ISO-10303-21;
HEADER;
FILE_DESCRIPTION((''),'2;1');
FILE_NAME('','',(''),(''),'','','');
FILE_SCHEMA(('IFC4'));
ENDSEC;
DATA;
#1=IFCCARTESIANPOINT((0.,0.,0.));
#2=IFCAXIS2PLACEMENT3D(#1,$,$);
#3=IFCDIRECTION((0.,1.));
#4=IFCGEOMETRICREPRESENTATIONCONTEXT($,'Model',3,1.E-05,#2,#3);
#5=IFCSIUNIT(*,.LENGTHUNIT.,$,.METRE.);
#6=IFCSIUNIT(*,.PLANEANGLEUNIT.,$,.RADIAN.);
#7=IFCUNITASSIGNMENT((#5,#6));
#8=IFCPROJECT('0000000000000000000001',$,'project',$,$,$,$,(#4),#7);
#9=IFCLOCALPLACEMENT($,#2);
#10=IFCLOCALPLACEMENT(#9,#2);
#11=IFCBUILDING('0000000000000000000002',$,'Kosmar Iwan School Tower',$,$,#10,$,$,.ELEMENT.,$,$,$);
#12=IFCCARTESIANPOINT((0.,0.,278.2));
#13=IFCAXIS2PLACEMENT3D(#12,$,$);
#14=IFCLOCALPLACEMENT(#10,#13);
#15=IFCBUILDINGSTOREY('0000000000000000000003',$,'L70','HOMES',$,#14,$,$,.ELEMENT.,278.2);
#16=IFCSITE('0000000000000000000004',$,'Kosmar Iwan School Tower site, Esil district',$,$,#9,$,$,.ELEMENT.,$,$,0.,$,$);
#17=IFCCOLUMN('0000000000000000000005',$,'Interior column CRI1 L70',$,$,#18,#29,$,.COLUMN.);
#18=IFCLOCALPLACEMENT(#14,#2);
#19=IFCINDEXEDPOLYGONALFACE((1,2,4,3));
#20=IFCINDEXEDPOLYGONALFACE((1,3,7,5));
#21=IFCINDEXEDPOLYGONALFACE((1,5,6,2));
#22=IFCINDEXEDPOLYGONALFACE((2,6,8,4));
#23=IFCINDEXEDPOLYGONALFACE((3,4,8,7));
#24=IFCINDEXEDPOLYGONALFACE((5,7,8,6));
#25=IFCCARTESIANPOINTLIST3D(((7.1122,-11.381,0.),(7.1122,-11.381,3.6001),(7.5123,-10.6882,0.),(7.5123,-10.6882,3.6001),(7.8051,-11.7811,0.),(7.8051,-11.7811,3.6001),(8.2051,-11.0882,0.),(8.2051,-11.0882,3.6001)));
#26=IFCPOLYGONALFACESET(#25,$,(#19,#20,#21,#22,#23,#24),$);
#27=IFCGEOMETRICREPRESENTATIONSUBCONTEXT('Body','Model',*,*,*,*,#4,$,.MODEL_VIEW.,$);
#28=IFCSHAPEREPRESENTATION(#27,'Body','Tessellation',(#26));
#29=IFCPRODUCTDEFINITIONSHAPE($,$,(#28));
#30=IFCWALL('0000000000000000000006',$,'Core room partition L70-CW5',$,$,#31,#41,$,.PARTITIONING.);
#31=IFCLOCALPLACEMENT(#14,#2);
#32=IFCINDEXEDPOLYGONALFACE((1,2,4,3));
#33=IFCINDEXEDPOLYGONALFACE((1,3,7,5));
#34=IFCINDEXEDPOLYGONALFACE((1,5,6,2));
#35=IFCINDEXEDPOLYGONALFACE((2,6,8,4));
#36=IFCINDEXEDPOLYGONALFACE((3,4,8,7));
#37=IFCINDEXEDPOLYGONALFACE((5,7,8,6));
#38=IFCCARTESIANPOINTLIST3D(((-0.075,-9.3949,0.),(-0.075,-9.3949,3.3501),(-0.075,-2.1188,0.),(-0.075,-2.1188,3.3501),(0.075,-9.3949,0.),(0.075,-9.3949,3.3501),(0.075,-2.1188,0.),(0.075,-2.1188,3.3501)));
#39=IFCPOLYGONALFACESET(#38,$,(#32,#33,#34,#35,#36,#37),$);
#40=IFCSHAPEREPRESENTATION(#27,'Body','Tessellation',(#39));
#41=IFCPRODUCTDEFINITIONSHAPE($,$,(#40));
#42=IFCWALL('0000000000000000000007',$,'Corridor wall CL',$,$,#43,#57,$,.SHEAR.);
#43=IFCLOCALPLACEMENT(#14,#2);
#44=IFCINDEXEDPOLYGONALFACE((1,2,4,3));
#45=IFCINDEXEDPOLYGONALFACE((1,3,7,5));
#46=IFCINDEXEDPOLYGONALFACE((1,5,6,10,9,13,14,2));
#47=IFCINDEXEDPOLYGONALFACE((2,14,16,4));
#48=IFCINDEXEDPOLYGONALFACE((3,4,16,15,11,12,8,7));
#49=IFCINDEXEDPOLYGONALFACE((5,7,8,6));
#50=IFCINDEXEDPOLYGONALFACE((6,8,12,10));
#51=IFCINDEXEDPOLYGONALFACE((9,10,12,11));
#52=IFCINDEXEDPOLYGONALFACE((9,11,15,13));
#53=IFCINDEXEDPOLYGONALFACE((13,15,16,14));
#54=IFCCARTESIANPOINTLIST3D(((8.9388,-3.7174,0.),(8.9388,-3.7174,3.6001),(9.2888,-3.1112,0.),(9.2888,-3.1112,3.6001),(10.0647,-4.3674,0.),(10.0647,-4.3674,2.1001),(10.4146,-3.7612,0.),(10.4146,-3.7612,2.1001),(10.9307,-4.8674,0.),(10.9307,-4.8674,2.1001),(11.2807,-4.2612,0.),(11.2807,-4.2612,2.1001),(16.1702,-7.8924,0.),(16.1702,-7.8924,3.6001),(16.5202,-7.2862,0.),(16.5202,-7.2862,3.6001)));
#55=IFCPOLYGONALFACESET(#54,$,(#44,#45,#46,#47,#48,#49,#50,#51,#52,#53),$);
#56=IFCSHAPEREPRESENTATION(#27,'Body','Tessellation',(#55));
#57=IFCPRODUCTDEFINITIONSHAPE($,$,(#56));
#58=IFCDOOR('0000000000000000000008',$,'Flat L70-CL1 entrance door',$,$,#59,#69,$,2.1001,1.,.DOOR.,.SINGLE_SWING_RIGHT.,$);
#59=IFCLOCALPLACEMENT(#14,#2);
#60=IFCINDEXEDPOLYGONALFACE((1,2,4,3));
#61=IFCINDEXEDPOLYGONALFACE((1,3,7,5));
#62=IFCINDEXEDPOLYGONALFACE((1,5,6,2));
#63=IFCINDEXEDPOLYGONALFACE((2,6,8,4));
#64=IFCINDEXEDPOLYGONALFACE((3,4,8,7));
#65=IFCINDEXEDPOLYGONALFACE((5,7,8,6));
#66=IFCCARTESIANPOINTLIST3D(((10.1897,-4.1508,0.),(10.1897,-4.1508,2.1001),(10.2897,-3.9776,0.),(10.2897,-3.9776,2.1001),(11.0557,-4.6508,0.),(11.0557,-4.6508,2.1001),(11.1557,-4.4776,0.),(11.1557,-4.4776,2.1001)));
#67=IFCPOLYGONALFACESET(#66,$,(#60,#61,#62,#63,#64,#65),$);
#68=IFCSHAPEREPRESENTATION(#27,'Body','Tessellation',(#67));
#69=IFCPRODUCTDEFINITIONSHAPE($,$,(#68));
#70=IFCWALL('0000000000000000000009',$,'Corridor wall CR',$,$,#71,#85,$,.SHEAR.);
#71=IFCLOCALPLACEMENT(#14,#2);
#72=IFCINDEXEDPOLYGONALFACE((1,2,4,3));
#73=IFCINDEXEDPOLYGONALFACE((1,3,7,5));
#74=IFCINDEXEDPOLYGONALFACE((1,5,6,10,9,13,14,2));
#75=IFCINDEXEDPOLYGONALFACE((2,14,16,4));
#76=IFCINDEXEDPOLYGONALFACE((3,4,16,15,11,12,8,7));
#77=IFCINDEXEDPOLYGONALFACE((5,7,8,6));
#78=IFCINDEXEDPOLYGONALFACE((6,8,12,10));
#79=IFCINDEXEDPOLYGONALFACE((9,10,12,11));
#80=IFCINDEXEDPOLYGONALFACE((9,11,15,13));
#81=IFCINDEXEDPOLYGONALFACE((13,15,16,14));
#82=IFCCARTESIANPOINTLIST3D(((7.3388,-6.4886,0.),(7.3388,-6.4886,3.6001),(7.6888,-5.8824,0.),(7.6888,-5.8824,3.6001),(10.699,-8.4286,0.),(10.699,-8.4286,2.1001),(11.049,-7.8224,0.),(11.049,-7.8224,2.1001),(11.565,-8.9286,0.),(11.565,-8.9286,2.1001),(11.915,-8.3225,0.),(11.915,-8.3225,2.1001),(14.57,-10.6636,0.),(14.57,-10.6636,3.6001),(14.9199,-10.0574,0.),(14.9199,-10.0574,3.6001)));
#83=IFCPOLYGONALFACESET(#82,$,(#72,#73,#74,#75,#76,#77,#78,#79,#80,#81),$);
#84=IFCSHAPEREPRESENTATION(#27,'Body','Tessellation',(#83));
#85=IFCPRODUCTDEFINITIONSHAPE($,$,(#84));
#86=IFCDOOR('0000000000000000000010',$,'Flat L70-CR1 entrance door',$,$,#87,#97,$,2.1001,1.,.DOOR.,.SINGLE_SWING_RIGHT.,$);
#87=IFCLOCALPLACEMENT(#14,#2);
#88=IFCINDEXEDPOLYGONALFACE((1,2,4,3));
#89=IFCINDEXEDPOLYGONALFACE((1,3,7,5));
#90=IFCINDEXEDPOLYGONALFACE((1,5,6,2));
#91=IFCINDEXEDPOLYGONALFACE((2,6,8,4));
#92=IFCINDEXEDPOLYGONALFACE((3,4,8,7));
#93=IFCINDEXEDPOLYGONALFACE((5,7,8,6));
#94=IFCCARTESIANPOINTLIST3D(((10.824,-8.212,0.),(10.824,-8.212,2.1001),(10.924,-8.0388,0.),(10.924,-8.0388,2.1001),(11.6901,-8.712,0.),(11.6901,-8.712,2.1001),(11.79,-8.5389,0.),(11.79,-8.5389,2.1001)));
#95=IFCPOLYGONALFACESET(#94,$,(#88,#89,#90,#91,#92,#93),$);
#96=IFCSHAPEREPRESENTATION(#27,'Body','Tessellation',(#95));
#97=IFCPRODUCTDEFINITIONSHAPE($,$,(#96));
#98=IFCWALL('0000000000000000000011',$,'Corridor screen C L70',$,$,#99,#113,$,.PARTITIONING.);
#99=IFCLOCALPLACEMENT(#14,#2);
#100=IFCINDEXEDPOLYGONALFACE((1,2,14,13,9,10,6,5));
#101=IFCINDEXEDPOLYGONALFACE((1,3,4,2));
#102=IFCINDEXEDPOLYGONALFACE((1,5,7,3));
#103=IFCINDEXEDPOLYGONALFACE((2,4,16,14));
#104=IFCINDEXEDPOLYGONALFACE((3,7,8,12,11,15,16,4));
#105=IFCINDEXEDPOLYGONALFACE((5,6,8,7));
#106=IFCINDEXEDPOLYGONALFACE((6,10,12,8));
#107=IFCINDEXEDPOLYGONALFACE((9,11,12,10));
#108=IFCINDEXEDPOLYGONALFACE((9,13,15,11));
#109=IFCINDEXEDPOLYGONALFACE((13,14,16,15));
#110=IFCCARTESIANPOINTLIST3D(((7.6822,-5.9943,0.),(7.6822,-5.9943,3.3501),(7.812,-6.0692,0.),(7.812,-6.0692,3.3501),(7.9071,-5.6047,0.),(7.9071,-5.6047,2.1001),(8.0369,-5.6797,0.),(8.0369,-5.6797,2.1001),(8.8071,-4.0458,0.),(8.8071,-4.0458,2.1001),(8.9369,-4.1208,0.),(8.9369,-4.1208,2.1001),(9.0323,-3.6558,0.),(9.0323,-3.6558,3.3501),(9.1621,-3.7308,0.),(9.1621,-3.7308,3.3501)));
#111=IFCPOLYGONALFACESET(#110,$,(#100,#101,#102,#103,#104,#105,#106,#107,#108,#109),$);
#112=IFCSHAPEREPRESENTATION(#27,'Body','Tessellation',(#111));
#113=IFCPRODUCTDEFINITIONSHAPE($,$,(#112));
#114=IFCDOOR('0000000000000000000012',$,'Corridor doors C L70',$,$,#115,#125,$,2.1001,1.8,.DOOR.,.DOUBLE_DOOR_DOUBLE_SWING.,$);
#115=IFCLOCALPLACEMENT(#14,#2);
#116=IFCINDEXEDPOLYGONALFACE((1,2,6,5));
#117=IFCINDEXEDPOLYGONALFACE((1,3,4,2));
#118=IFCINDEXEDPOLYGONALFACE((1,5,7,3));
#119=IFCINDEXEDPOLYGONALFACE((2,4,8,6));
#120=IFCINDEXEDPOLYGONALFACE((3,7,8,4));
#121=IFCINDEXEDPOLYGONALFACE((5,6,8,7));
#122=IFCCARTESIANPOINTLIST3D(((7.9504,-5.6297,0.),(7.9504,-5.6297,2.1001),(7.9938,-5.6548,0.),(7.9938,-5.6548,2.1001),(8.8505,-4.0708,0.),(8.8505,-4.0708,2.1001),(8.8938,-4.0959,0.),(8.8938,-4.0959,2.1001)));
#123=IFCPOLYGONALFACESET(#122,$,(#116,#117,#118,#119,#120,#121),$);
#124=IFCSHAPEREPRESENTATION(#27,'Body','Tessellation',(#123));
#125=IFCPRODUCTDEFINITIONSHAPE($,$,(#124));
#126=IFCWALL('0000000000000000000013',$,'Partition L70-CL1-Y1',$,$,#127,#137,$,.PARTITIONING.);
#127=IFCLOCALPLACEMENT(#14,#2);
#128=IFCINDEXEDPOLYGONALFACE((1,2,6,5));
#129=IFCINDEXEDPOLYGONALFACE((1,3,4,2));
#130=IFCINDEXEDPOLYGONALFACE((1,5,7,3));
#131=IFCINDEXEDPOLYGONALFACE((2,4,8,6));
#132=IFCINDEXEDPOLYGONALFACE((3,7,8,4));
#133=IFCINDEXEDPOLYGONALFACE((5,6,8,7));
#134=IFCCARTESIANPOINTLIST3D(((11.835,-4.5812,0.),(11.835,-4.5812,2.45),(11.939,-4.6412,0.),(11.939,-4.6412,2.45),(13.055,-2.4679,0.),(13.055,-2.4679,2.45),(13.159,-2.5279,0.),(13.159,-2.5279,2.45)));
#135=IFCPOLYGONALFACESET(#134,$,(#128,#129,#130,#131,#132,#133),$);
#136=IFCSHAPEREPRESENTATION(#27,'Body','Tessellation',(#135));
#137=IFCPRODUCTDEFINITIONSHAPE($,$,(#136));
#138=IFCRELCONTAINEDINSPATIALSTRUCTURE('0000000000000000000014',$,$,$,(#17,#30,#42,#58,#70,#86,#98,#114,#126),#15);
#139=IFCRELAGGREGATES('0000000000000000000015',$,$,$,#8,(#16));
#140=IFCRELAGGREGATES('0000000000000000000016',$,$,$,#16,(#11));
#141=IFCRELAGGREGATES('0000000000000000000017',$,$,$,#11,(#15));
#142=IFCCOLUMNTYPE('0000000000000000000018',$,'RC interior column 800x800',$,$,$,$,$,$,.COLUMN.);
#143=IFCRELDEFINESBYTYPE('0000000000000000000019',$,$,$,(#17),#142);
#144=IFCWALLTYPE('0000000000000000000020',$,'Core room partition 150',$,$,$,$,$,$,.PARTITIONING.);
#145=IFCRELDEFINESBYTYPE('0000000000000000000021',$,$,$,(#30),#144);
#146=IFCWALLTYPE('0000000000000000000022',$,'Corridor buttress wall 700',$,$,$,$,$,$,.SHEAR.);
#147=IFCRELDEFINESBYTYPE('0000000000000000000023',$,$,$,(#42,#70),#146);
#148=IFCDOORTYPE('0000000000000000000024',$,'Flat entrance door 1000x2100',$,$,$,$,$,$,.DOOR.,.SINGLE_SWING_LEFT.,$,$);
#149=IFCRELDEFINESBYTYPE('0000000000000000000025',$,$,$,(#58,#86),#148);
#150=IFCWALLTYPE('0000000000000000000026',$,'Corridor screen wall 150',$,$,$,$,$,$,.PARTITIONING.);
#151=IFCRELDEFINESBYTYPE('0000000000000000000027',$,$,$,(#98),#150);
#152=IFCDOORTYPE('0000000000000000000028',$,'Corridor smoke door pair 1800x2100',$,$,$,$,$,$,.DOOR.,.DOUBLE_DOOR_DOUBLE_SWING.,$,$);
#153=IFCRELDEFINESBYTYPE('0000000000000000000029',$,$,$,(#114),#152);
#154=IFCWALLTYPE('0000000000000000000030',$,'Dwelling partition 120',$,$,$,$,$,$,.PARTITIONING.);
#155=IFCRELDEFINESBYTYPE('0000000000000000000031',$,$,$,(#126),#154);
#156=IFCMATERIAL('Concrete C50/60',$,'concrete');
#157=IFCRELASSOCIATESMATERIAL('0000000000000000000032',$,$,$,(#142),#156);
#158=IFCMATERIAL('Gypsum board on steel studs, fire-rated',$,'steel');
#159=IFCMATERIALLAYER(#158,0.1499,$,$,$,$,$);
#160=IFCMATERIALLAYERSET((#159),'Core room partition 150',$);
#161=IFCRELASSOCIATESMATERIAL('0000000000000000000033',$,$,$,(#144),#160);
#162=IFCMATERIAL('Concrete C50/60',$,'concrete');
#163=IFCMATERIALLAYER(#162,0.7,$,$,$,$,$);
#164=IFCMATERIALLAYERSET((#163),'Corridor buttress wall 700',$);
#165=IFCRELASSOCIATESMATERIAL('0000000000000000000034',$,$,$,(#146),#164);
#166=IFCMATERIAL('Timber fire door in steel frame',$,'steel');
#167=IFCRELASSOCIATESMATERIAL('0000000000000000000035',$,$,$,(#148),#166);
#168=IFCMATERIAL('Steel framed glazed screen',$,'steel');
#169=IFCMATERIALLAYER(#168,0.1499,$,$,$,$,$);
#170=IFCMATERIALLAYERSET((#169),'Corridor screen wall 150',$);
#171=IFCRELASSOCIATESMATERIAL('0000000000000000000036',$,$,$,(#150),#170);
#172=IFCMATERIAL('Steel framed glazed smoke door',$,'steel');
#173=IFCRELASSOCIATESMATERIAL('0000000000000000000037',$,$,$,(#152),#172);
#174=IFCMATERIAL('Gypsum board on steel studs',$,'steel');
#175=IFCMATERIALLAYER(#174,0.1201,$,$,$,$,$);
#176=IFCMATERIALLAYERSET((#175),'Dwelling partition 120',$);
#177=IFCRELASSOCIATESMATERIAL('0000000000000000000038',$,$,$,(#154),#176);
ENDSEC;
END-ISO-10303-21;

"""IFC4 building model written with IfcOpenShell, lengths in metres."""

from ifc_helpers import new_model, si_unit, direction, frame, frame_2d, origin, origin_2d, place, context, subcontext, project, spatial, rectangle, extrude, material, layer, layer_set, material_profile, profile_set, type_object, element, fill, save


model = new_model("IFC4")

# Units and contexts
model_context = context("Model", 3, precision=1e-05, world=origin(), true_north=direction((0.0, 1.0)))
body_context = subcontext(model_context, "Body", "Model", "MODEL_VIEW")
ifc_project = project(units=[si_unit("LENGTHUNIT", "METRE"), si_unit("PLANEANGLEUNIT", "RADIAN")], contexts=[model_context])

# Site, building, storey
site_placement = place(None, origin())
site = spatial("IfcSite", under=ifc_project, at=site_placement, Name="Kosmar Iwan School Tower site, Esil district", CompositionType="ELEMENT", RefElevation=0.0)
building_placement = place(site_placement, origin())
building = spatial("IfcBuilding", under=site, at=building_placement, Name="Kosmar Iwan School Tower", CompositionType="ELEMENT")
storey_placement = place(building_placement, frame((0.0, 0.0, 278.2)))
storey = spatial("IfcBuildingStorey", under=building, at=storey_placement, Name="L70", Description="HOMES", CompositionType="ELEMENT", Elevation=278.2)

# Column
ifc_material_1 = material(Name="Concrete C50/60", Category="concrete")
ifc_material_profile = material_profile(ifc_material_1, rectangle(XDim=0.8, YDim=0.8, at=origin_2d()), Name="RC 800x800")
ifc_profile_set = profile_set([ifc_material_profile], Name="Concrete C50/60")
column_type = type_object("IfcColumnType", Name="RC interior column 800x800", PredefinedType="COLUMN", material=ifc_profile_set)
column_placement = place(storey_placement, frame((7.6587, -11.2346, 0.0), z_axis=(0.0, 0.0, 1.0), x_axis=(0.866025, -0.5, 0.0)))
element("IfcColumn", 1, at=column_placement, inside=storey, type_object=column_type, Name="Interior column CRI1 L70", PredefinedType="COLUMN", context=body_context, shape_type="SweptSolid", body=[
    extrude(rectangle(XDim=0.8, YDim=0.8, at=origin_2d()), origin(), (0.0, 0.0, 1.0), 3.6001),
])

# Wall
ifc_material_2 = material(Name="Gypsum board on steel studs, fire-rated", Category="steel")
ifc_layer_1 = layer(ifc_material_2, 0.1499)
ifc_layer_set_1 = layer_set([ifc_layer_1], Name="Core room partition 150")
wall_type_1 = type_object("IfcWallType", Name="Core room partition 150", PredefinedType="PARTITIONING", material=ifc_layer_set_1)
wall_1_placement = place(storey_placement, frame((0.0, -9.395, 0.0), z_axis=(0.0, 0.0, 1.0), x_axis=(0.0, 1.0, 0.0)))
element("IfcWall", 2, at=wall_1_placement, inside=storey, type_object=wall_type_1, Name="Core room partition L70-CW5", PredefinedType="PARTITIONING", context=body_context, shape_type="SweptSolid", body=[
    extrude(rectangle(XDim=7.2761, YDim=0.1499, at=frame_2d((3.6382, 0.0))), origin(), (0.0, 0.0, 1.0), 3.3501),
])

# Walls, openings, doors
ifc_material_3 = material(Name="Concrete C50/60", Category="concrete")
ifc_layer_2 = layer(ifc_material_3, 0.7)
ifc_layer_set_2 = layer_set([ifc_layer_2], Name="Corridor buttress wall 700")
wall_type_2 = type_object("IfcWallType", Name="Corridor buttress wall 700", PredefinedType="SHEAR", material=ifc_layer_set_2)
wall_2_placement = place(storey_placement, frame((9.1138, -3.4143, 0.0), z_axis=(0.0, 0.0, 1.0), x_axis=(0.866027, -0.499997, 0.0)))
wall_2 = element("IfcWall", 3, at=wall_2_placement, inside=storey, type_object=wall_type_2, Name="Corridor wall CL", PredefinedType="SHEAR", context=body_context, shape_type="SweptSolid", body=[
    extrude(rectangle(XDim=8.3501, YDim=0.7, at=frame_2d((4.175, 0.0))), origin(), (0.0, 0.0, 1.0), 3.6001),
])
opening_1_placement = place(wall_2_placement, frame((1.3, 0.0, 0.0)))
opening_1 = element("IfcOpeningElement", 4, at=opening_1_placement, cuts=wall_2, PredefinedType="OPENING", context=body_context, shape_type="SweptSolid", body=[
    extrude(rectangle(XDim=1.0, YDim=2.1001, at=frame_2d((0.5, 1.05))), frame((0.0, 0.3621, 0.0), z_axis=(0.0, -1.0, 0.0), x_axis=(1.0, 0.0, 0.0)), (0.0, 0.0, 1.0), 0.7239),
])
ifc_material_4 = material(Name="Timber fire door in steel frame", Category="steel")
door_type_1 = type_object("IfcDoorType", Name="Flat entrance door 1000x2100", OperationType="SINGLE_SWING_LEFT", PredefinedType="DOOR", material=ifc_material_4)
door_1_placement = place(opening_1_placement, origin())
door_1 = element("IfcDoor", 5, at=door_1_placement, inside=storey, type_object=door_type_1, Name="Flat L70-CL1 entrance door", OperationType="SINGLE_SWING_RIGHT", OverallHeight=2.1001, OverallWidth=1.0, PredefinedType="DOOR", context=body_context, shape_type="SweptSolid", body=[
    extrude(rectangle(XDim=1.0, YDim=2.1001, at=frame_2d((0.5, 1.05))), frame((0.0, 0.1001, 0.0), z_axis=(0.0, -1.0, 0.0), x_axis=(1.0, 0.0, 0.0)), (0.0, 0.0, 1.0), 0.2),
])
fill(opening_1, door_1)
wall_3_placement = place(storey_placement, frame((7.5139, -6.1855, 0.0), z_axis=(0.0, 0.0, 1.0), x_axis=(0.86602, -0.50001, 0.0)))
wall_3 = element("IfcWall", 6, at=wall_3_placement, inside=storey, type_object=wall_type_2, Name="Corridor wall CR", PredefinedType="SHEAR", context=body_context, shape_type="SweptSolid", body=[
    extrude(rectangle(XDim=8.3499, YDim=0.7, at=frame_2d((4.1748, 0.0))), origin(), (0.0, 0.0, 1.0), 3.6001),
])
opening_2_placement = place(wall_3_placement, frame((3.8799, 0.0, 0.0)))
opening_2 = element("IfcOpeningElement", 7, at=opening_2_placement, cuts=wall_3, PredefinedType="OPENING", context=body_context, shape_type="SweptSolid", body=[
    extrude(rectangle(XDim=1.0, YDim=2.1001, at=frame_2d((0.5, 1.05))), frame((0.0, 0.3621, 0.0), z_axis=(0.0, -1.0, 0.0), x_axis=(1.0, 0.0, 0.0)), (0.0, 0.0, 1.0), 0.7239),
])
door_2_placement = place(opening_2_placement, origin())
door_2 = element("IfcDoor", 8, at=door_2_placement, inside=storey, type_object=door_type_1, Name="Flat L70-CR1 entrance door", OperationType="SINGLE_SWING_RIGHT", OverallHeight=2.1001, OverallWidth=1.0, PredefinedType="DOOR", context=body_context, shape_type="SweptSolid", body=[
    extrude(rectangle(XDim=1.0, YDim=2.1001, at=frame_2d((0.5, 1.05))), frame((0.0, 0.1001, 0.0), z_axis=(0.0, -1.0, 0.0), x_axis=(1.0, 0.0, 0.0)), (0.0, 0.0, 1.0), 0.2),
])
fill(opening_2, door_2)
ifc_material_5 = material(Name="Steel framed glazed screen", Category="steel")
ifc_layer_3 = layer(ifc_material_5, 0.1499)
ifc_layer_set_3 = layer_set([ifc_layer_3], Name="Corridor screen wall 150")
wall_type_3 = type_object("IfcWallType", Name="Corridor screen wall 150", PredefinedType="PARTITIONING", material=ifc_layer_set_3)
wall_4_placement = place(storey_placement, frame((7.7471, -6.0317, 0.0), z_axis=(0.0, 0.0, 1.0), x_axis=(0.500009, 0.86602, 0.0)))
wall_4 = element("IfcWall", 9, at=wall_4_placement, inside=storey, type_object=wall_type_3, Name="Corridor screen C L70", PredefinedType="PARTITIONING", context=body_context, shape_type="SweptSolid", body=[
    extrude(rectangle(XDim=2.7002, YDim=0.1499, at=frame_2d((1.3501, 0.0))), origin(), (0.0, 0.0, 1.0), 3.3501),
])
opening_3_placement = place(wall_4_placement, frame((0.45, 0.0, 0.0)))
opening_3 = element("IfcOpeningElement", 10, at=opening_3_placement, cuts=wall_4, PredefinedType="OPENING", context=body_context, shape_type="SweptSolid", body=[
    extrude(rectangle(XDim=1.8, YDim=2.1001, at=frame_2d((0.8999, 1.05))), frame((0.0, 0.0869, 0.0), z_axis=(0.0, -1.0, 0.0), x_axis=(1.0, 0.0, 0.0)), (0.0, 0.0, 1.0), 0.1738),
])
ifc_material_6 = material(Name="Steel framed glazed smoke door", Category="steel")
door_type_2 = type_object("IfcDoorType", Name="Corridor smoke door pair 1800x2100", OperationType="DOUBLE_DOOR_DOUBLE_SWING", PredefinedType="DOOR", material=ifc_material_6)
door_3_placement = place(opening_3_placement, origin())
door_3 = element("IfcDoor", 11, at=door_3_placement, inside=storey, type_object=door_type_2, Name="Corridor doors C L70", OperationType="DOUBLE_DOOR_DOUBLE_SWING", OverallHeight=2.1001, OverallWidth=1.8, PredefinedType="DOOR", context=body_context, shape_type="SweptSolid", body=[
    extrude(rectangle(XDim=1.8, YDim=2.1001, at=frame_2d((0.8999, 1.05))), frame((0.0, 0.0249, 0.0), z_axis=(0.0, -1.0, 0.0), x_axis=(1.0, 0.0, 0.0)), (0.0, 0.0, 1.0), 0.05),
])
fill(opening_3, door_3)

# Wall
ifc_material_7 = material(Name="Gypsum board on steel studs", Category="steel")
ifc_layer_4 = layer(ifc_material_7, 0.1201)
ifc_layer_set_4 = layer_set([ifc_layer_4], Name="Dwelling partition 120")
wall_type_4 = type_object("IfcWallType", Name="Dwelling partition 120", PredefinedType="PARTITIONING", material=ifc_layer_set_4)
wall_5_placement = place(storey_placement, frame((11.887, -4.6113, 0.0), z_axis=(0.0, 0.0, 1.0), x_axis=(0.499959, 0.866049, 0.0)))
element("IfcWall", 12, at=wall_5_placement, inside=storey, type_object=wall_type_4, Name="Partition L70-CL1-Y1", PredefinedType="PARTITIONING", context=body_context, shape_type="SweptSolid", body=[
    extrude(rectangle(XDim=2.4402, YDim=0.1201, at=frame_2d((1.2202, 0.0))), origin(), (0.0, 0.0, 1.0), 2.45),
])

save(model, "model.ifc")
